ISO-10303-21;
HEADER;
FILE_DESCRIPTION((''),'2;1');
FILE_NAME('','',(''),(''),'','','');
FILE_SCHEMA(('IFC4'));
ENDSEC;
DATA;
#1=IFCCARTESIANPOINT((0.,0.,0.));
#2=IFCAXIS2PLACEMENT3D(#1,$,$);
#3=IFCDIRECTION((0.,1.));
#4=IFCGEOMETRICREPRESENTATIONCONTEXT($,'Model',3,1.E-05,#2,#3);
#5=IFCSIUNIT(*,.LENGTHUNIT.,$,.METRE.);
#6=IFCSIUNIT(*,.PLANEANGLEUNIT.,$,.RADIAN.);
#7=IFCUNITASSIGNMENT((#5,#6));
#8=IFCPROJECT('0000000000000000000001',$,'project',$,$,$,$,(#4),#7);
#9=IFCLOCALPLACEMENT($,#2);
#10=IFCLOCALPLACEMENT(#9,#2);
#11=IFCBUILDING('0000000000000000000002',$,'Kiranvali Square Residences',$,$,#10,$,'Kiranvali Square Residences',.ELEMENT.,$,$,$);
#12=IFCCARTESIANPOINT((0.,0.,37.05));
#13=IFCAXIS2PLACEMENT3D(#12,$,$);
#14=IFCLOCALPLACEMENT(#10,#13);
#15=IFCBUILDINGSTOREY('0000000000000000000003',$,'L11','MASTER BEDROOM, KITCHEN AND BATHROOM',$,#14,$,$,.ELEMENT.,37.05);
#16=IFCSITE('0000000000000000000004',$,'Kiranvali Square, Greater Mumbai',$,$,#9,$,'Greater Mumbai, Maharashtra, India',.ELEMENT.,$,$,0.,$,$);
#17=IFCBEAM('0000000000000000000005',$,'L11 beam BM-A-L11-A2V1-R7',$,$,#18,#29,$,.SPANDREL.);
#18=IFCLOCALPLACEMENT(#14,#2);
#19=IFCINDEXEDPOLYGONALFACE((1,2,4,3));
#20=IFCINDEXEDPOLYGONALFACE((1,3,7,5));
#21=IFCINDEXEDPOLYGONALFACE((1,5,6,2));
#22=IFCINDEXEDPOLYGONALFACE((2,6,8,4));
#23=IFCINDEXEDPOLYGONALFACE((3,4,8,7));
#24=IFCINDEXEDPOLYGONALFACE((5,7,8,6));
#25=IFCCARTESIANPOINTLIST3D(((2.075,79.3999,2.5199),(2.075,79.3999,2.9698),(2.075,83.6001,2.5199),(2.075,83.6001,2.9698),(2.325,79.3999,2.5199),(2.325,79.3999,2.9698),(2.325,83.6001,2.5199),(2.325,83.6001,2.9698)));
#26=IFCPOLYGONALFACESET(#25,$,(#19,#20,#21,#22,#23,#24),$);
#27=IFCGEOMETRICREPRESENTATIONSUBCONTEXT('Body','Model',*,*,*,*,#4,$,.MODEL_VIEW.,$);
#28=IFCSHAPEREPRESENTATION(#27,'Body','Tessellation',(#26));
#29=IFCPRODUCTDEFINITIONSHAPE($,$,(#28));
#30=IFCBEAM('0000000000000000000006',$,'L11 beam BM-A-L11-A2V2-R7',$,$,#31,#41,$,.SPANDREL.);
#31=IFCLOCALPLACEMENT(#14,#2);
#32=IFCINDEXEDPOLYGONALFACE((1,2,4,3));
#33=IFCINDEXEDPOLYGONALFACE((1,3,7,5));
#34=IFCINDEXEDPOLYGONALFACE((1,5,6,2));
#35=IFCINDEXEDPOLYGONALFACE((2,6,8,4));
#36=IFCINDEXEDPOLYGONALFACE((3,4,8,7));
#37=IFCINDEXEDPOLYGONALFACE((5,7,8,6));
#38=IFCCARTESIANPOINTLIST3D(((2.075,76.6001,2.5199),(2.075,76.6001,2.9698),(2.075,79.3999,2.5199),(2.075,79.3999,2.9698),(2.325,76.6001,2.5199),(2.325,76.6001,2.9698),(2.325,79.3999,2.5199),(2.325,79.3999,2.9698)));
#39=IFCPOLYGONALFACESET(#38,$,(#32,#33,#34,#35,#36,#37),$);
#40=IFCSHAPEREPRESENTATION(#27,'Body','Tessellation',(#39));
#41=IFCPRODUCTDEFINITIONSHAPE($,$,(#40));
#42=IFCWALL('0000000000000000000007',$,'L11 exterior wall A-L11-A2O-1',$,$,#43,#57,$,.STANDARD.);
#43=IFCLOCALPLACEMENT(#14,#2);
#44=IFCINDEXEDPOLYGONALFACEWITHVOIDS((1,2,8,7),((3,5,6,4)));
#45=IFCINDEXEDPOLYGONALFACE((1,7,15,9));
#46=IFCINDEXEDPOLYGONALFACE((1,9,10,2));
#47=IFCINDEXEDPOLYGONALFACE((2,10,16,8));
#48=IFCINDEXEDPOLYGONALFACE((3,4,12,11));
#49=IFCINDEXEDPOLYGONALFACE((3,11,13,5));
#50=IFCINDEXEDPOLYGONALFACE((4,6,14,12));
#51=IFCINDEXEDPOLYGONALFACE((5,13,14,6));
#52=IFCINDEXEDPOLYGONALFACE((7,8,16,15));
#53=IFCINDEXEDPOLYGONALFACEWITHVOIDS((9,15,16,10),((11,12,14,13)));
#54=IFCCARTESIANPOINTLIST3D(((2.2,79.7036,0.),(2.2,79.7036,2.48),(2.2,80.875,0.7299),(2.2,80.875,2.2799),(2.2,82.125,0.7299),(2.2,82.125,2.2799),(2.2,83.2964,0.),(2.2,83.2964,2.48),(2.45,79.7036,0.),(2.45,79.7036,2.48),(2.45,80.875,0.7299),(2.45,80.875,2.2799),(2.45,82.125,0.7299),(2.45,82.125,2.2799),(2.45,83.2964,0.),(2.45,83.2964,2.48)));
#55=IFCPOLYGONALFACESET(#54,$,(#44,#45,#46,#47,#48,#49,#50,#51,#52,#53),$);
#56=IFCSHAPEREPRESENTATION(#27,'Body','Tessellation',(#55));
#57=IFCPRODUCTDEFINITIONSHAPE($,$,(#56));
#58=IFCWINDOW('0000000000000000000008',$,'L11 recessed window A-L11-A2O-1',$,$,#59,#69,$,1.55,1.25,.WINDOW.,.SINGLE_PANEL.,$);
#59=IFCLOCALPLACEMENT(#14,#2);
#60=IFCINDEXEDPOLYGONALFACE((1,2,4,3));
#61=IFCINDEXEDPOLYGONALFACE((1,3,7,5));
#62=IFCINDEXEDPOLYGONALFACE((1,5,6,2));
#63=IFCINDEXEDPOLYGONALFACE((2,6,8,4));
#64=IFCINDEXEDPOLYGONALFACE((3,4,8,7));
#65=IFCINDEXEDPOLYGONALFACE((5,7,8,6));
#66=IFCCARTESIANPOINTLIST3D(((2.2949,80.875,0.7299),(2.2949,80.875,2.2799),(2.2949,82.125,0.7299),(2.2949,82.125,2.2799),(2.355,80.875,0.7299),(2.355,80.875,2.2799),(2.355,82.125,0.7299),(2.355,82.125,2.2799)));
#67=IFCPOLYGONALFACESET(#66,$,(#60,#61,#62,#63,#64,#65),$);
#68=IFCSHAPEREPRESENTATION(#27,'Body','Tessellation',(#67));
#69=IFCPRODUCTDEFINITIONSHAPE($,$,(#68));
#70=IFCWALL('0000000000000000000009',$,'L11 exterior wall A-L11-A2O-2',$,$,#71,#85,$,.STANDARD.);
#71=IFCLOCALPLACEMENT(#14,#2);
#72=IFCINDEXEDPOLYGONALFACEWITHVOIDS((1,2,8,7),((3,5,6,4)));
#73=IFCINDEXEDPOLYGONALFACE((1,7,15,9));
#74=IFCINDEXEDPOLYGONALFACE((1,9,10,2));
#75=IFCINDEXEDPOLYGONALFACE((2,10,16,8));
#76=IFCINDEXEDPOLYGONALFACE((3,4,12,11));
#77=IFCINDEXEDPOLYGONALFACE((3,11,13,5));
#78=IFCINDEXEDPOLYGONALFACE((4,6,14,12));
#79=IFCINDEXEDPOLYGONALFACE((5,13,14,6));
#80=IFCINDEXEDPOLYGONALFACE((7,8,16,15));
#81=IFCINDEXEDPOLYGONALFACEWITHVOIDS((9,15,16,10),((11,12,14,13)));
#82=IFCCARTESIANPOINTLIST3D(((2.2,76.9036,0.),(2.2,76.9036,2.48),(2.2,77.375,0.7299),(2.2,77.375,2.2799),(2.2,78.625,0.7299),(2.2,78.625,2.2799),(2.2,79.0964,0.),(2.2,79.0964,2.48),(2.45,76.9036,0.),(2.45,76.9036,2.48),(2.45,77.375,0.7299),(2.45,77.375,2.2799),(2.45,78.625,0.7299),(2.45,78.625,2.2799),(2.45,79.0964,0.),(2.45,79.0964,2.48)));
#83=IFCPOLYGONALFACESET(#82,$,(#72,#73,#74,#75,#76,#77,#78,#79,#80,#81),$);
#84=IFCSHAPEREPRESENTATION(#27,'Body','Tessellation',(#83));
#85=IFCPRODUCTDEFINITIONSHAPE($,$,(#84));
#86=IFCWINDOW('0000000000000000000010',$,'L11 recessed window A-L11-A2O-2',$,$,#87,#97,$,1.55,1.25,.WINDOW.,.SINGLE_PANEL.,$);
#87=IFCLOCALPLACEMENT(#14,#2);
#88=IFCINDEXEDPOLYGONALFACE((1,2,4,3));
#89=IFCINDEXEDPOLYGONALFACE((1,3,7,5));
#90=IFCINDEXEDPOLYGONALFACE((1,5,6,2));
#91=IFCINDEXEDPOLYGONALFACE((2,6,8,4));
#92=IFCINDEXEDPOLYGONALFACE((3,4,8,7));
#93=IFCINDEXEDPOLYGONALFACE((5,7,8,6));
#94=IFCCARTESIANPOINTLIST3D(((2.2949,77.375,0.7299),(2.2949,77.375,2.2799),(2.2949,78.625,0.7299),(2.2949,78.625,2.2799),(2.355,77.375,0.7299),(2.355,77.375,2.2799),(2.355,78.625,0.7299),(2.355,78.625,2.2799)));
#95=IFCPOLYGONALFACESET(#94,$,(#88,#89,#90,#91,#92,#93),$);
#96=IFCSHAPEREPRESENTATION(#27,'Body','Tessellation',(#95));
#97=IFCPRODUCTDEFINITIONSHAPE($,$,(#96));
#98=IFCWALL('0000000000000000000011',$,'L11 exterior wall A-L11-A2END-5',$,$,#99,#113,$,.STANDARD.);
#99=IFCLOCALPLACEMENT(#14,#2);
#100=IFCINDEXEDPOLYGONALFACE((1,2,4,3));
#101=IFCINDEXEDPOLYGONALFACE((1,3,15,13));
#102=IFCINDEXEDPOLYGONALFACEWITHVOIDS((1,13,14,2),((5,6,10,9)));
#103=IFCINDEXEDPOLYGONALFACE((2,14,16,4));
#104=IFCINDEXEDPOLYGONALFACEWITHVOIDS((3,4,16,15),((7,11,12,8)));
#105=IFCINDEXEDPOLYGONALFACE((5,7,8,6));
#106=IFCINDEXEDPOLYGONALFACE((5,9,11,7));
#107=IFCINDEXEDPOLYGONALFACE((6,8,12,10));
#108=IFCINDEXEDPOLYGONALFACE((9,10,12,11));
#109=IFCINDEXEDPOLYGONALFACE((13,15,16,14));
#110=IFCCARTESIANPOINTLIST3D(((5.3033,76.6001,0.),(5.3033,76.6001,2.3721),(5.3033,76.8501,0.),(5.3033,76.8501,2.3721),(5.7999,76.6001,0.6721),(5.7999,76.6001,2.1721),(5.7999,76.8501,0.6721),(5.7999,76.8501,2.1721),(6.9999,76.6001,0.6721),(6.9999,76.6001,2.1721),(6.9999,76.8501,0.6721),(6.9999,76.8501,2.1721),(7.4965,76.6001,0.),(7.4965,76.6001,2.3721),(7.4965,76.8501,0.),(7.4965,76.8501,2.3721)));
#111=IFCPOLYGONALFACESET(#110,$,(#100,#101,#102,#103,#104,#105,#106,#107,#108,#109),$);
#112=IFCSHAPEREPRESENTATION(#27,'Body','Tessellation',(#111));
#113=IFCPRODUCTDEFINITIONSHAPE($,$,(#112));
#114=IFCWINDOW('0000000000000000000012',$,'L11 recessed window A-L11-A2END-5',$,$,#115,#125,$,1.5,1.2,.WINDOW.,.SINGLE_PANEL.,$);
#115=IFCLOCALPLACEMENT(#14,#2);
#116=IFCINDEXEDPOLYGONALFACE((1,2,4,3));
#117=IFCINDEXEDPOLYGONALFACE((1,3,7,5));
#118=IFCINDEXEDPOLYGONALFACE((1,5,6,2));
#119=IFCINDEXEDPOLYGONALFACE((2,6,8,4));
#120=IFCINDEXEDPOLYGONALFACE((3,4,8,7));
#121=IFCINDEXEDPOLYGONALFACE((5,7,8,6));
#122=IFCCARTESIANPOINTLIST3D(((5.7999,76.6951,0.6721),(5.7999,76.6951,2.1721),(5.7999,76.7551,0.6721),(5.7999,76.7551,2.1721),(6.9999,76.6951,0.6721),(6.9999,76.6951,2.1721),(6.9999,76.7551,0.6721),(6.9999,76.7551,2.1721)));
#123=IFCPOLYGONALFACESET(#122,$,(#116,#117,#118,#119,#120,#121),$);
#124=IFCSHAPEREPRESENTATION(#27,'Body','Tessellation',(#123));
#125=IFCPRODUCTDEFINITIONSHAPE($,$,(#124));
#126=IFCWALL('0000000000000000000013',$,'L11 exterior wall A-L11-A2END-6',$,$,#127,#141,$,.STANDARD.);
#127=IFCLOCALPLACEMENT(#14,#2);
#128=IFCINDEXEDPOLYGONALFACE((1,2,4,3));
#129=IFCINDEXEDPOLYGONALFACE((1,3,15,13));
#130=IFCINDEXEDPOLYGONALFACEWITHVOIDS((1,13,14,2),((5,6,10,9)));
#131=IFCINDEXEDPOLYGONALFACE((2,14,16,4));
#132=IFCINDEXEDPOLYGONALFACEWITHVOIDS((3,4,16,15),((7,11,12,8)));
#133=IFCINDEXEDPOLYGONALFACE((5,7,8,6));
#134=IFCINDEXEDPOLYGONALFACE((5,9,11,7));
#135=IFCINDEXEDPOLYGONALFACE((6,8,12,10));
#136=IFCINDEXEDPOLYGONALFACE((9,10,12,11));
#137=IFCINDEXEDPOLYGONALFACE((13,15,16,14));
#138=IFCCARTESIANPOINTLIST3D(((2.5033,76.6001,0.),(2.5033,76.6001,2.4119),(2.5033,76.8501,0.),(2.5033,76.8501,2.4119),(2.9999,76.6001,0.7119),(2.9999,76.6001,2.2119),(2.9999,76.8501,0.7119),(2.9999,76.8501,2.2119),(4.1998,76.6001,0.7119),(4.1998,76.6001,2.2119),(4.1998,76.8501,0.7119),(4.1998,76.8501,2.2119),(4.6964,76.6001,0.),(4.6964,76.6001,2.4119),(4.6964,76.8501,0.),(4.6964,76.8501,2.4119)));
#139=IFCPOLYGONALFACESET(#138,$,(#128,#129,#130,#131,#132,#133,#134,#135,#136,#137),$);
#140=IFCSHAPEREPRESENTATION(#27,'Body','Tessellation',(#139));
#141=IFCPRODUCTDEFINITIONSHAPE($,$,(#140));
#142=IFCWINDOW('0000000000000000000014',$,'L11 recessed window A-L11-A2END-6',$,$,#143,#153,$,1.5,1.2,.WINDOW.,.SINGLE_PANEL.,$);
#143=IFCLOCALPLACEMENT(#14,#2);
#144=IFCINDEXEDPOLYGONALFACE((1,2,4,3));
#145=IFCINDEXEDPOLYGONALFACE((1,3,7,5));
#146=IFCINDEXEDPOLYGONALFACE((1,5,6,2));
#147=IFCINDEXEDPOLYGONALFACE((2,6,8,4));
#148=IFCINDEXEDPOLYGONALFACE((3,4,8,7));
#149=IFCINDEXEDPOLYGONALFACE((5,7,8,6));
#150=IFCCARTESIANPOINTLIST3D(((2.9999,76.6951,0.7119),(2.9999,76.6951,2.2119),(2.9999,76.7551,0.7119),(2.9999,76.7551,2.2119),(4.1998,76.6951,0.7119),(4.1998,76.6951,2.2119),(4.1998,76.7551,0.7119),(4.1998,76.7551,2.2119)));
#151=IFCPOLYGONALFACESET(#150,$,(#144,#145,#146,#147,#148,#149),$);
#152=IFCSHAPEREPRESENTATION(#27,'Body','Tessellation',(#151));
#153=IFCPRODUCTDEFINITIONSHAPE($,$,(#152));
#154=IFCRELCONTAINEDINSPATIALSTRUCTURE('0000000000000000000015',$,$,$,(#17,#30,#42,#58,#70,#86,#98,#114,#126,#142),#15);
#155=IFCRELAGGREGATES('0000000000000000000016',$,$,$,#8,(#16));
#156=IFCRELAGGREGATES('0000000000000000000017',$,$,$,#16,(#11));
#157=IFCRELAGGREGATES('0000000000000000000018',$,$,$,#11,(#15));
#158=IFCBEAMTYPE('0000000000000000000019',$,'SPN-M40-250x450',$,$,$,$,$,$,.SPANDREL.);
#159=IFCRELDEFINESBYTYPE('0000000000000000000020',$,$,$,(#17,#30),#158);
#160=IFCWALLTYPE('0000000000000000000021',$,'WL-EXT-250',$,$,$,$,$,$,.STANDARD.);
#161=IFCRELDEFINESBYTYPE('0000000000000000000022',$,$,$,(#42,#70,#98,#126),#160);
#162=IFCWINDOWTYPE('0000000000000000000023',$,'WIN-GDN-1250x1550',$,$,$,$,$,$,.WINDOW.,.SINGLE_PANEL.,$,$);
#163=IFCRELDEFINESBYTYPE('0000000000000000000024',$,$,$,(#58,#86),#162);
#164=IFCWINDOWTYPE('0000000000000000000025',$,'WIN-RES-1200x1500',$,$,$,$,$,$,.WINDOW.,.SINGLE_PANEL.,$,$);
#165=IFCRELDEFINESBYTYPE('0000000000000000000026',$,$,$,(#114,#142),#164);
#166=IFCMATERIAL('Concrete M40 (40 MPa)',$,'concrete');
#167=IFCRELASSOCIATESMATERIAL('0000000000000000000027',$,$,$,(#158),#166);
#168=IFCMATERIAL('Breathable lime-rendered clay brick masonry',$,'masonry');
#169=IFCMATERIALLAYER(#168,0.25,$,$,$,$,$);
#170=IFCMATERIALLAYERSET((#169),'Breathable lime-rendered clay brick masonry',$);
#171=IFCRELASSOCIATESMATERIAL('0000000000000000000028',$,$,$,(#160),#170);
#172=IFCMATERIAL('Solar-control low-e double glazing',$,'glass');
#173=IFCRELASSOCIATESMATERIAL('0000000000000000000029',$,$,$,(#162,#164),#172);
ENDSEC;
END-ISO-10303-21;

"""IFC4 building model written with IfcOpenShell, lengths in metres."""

from ifc_helpers import new_model, si_unit, direction, frame, frame_2d, origin, origin_2d, place, context, subcontext, project, spatial, rectangle, extrude, material, layer, layer_set, material_profile, profile_set, type_object, element, fill, save


model = new_model("IFC4")

# Units and contexts
model_context = context("Model", 3, precision=1e-05, world=origin(), true_north=direction((0.0, 1.0)))
body_context = subcontext(model_context, "Body", "Model", "MODEL_VIEW")
ifc_project = project(units=[si_unit("LENGTHUNIT", "METRE"), si_unit("PLANEANGLEUNIT", "RADIAN")], contexts=[model_context])

# Site, building, storey
site_placement = place(None, origin())
site = spatial("IfcSite", under=ifc_project, at=site_placement, Name="Kiranvali Square, Greater Mumbai", LongName="Greater Mumbai, Maharashtra, India", CompositionType="ELEMENT", RefElevation=0.0)
building_placement = place(site_placement, origin())
building = spatial("IfcBuilding", under=site, at=building_placement, Name="Kiranvali Square Residences", LongName="Kiranvali Square Residences", CompositionType="ELEMENT")
storey_placement = place(building_placement, frame((0.0, 0.0, 37.05)))
storey = spatial("IfcBuildingStorey", under=building, at=storey_placement, Name="L11", Description="MASTER BEDROOM, KITCHEN AND BATHROOM", CompositionType="ELEMENT", Elevation=37.05)

# Shared definitions
ifc_material_1 = material(Name="Concrete M40 (40 MPa)", Category="concrete")

# Beams
ifc_material_profile_1 = material_profile(ifc_material_1, rectangle(XDim=0.25, YDim=0.45, at=origin_2d()), Name="RC 250x450")
ifc_profile_set_1 = profile_set([ifc_material_profile_1], Name="Concrete M40 (40 MPa)")
beam_type_1 = type_object("IfcBeamType", Name="SPN-M40-250x450", PredefinedType="SPANDREL", material=ifc_profile_set_1)
beam_1_placement = place(storey_placement, frame((2.2, 83.6001, 2.7449), z_axis=(0.0, -1.0, 0.0), x_axis=(1.0, 0.0, 0.0)))
element("IfcBeam", 1, at=beam_1_placement, inside=storey, type_object=beam_type_1, Name="L11 beam BM-A-L11-A2V1-R7", PredefinedType="SPANDREL", context=body_context, shape_type="SweptSolid", body=[
    extrude(rectangle(XDim=0.25, YDim=0.45, at=origin_2d()), origin(), (0.0, 0.0, 1.0), 4.2002),
])
beam_2_placement = place(storey_placement, frame((2.2, 79.3999, 2.7449), z_axis=(0.0, -1.0, 0.0), x_axis=(1.0, 0.0, 0.0)))
element("IfcBeam", 2, at=beam_2_placement, inside=storey, type_object=beam_type_1, Name="L11 beam BM-A-L11-A2V2-R7", PredefinedType="SPANDREL", context=body_context, shape_type="SweptSolid", body=[
    extrude(rectangle(XDim=0.25, YDim=0.45, at=origin_2d()), origin(), (0.0, 0.0, 1.0), 2.7998),
])

# Walls, openings, windows
ifc_material_2 = material(Name="Breathable lime-rendered clay brick masonry", Category="masonry")
ifc_layer = layer(ifc_material_2, 0.25)
ifc_layer_set = layer_set([ifc_layer], Name="Breathable lime-rendered clay brick masonry")
wall_type = type_object("IfcWallType", Name="WL-EXT-250", PredefinedType="STANDARD", material=ifc_layer_set)
wall_1_placement = place(storey_placement, frame((2.325, 83.2964, 0.0), z_axis=(0.0, 0.0, 1.0), x_axis=(0.0, -1.0, 0.0)))
wall_1 = element("IfcWall", 3, at=wall_1_placement, inside=storey, type_object=wall_type, Name="L11 exterior wall A-L11-A2O-1", PredefinedType="STANDARD", context=body_context, shape_type="SweptSolid", body=[
    extrude(rectangle(XDim=3.5928, YDim=0.25, at=frame_2d((1.7964, 0.0))), origin(), (0.0, 0.0, 1.0), 2.48),
])
opening_1_placement = place(wall_1_placement, frame((1.1714, 0.0, 0.73)))
opening_1 = element("IfcOpeningElement", 4, at=opening_1_placement, cuts=wall_1, PredefinedType="OPENING", context=body_context, shape_type="SweptSolid", body=[
    extrude(rectangle(XDim=1.25, YDim=1.55, at=frame_2d((0.625, 0.7749))), frame((0.0, 0.135, 0.0), z_axis=(0.0, -1.0, 0.0), x_axis=(1.0, 0.0, 0.0)), (0.0, 0.0, 1.0), 0.27),
])
ifc_material_3 = material(Name="Solar-control low-e double glazing", Category="glass")
window_type_1 = type_object("IfcWindowType", Name="WIN-GDN-1250x1550", PartitioningType="SINGLE_PANEL", PredefinedType="WINDOW", material=ifc_material_3)
window_1_placement = place(opening_1_placement, origin())
window_1 = element("IfcWindow", 5, at=window_1_placement, inside=storey, type_object=window_type_1, Name="L11 recessed window A-L11-A2O-1", OverallHeight=1.55, OverallWidth=1.25, PartitioningType="SINGLE_PANEL", PredefinedType="WINDOW", context=body_context, shape_type="SweptSolid", body=[
    extrude(rectangle(XDim=1.25, YDim=1.55, at=frame_2d((0.625, 0.7749))), frame((0.0, 0.03, 0.0), z_axis=(0.0, -1.0, 0.0), x_axis=(1.0, 0.0, 0.0)), (0.0, 0.0, 1.0), 0.0601),
])
fill(opening_1, window_1)
wall_2_placement = place(storey_placement, frame((2.325, 79.0964, 0.0), z_axis=(0.0, 0.0, 1.0), x_axis=(0.0, -1.0, 0.0)))
wall_2 = element("IfcWall", 6, at=wall_2_placement, inside=storey, type_object=wall_type, Name="L11 exterior wall A-L11-A2O-2", PredefinedType="STANDARD", context=body_context, shape_type="SweptSolid", body=[
    extrude(rectangle(XDim=2.1929, YDim=0.25, at=frame_2d((1.0964, 0.0))), origin(), (0.0, 0.0, 1.0), 2.48),
])
opening_2_placement = place(wall_2_placement, frame((0.4714, 0.0, 0.73)))
opening_2 = element("IfcOpeningElement", 7, at=opening_2_placement, cuts=wall_2, PredefinedType="OPENING", context=body_context, shape_type="SweptSolid", body=[
    extrude(rectangle(XDim=1.25, YDim=1.55, at=frame_2d((0.625, 0.7749))), frame((0.0, 0.135, 0.0), z_axis=(0.0, -1.0, 0.0), x_axis=(1.0, 0.0, 0.0)), (0.0, 0.0, 1.0), 0.27),
])
window_2_placement = place(opening_2_placement, origin())
window_2 = element("IfcWindow", 8, at=window_2_placement, inside=storey, type_object=window_type_1, Name="L11 recessed window A-L11-A2O-2", OverallHeight=1.55, OverallWidth=1.25, PartitioningType="SINGLE_PANEL", PredefinedType="WINDOW", context=body_context, shape_type="SweptSolid", body=[
    extrude(rectangle(XDim=1.25, YDim=1.55, at=frame_2d((0.625, 0.7749))), frame((0.0, 0.03, 0.0), z_axis=(0.0, -1.0, 0.0), x_axis=(1.0, 0.0, 0.0)), (0.0, 0.0, 1.0), 0.0601),
])
fill(opening_2, window_2)
wall_3_placement = place(storey_placement, frame((7.4966, 76.7251, 0.0), z_axis=(0.0, 0.0, 1.0), x_axis=(-1.0, 0.0, 0.0)))
wall_3 = element("IfcWall", 9, at=wall_3_placement, inside=storey, type_object=wall_type, Name="L11 exterior wall A-L11-A2END-5", PredefinedType="STANDARD", context=body_context, shape_type="SweptSolid", body=[
    extrude(rectangle(XDim=2.1931, YDim=0.25, at=frame_2d((1.0967, 0.0))), origin(), (0.0, 0.0, 1.0), 2.3721),
])
opening_3_placement = place(wall_3_placement, frame((0.4966, 0.0, 0.6721)))
opening_3 = element("IfcOpeningElement", 10, at=opening_3_placement, cuts=wall_3, PredefinedType="OPENING", context=body_context, shape_type="SweptSolid", body=[
    extrude(rectangle(XDim=1.2, YDim=1.5, at=frame_2d((0.6001, 0.75))), frame((0.0, 0.135, 0.0), z_axis=(0.0, -1.0, 0.0), x_axis=(1.0, 0.0, 0.0)), (0.0, 0.0, 1.0), 0.27),
])
window_type_2 = type_object("IfcWindowType", Name="WIN-RES-1200x1500", PartitioningType="SINGLE_PANEL", PredefinedType="WINDOW", material=ifc_material_3)
window_3_placement = place(opening_3_placement, origin())
window_3 = element("IfcWindow", 11, at=window_3_placement, inside=storey, type_object=window_type_2, Name="L11 recessed window A-L11-A2END-5", OverallHeight=1.5, OverallWidth=1.2, PartitioningType="SINGLE_PANEL", PredefinedType="WINDOW", context=body_context, shape_type="SweptSolid", body=[
    extrude(rectangle(XDim=1.2, YDim=1.5, at=frame_2d((0.6001, 0.75))), frame((0.0, 0.03, 0.0), z_axis=(0.0, -1.0, 0.0), x_axis=(1.0, 0.0, 0.0)), (0.0, 0.0, 1.0), 0.0601),
])
fill(opening_3, window_3)
wall_4_placement = place(storey_placement, frame((4.6965, 76.7251, 0.0), z_axis=(0.0, 0.0, 1.0), x_axis=(-1.0, 0.0, 0.0)))
wall_4 = element("IfcWall", 12, at=wall_4_placement, inside=storey, type_object=wall_type, Name="L11 exterior wall A-L11-A2END-6", PredefinedType="STANDARD", context=body_context, shape_type="SweptSolid", body=[
    extrude(rectangle(XDim=2.1931, YDim=0.25, at=frame_2d((1.0967, 0.0))), origin(), (0.0, 0.0, 1.0), 2.4119),
])
opening_4_placement = place(wall_4_placement, frame((0.4966, 0.0, 0.7119)))
opening_4 = element("IfcOpeningElement", 13, at=opening_4_placement, cuts=wall_4, PredefinedType="OPENING", context=body_context, shape_type="SweptSolid", body=[
    extrude(rectangle(XDim=1.2, YDim=1.5, at=frame_2d((0.6001, 0.75))), frame((0.0, 0.135, 0.0), z_axis=(0.0, -1.0, 0.0), x_axis=(1.0, 0.0, 0.0)), (0.0, 0.0, 1.0), 0.27),
])
window_4_placement = place(opening_4_placement, origin())
window_4 = element("IfcWindow", 14, at=window_4_placement, inside=storey, type_object=window_type_2, Name="L11 recessed window A-L11-A2END-6", OverallHeight=1.5, OverallWidth=1.2, PartitioningType="SINGLE_PANEL", PredefinedType="WINDOW", context=body_context, shape_type="SweptSolid", body=[
    extrude(rectangle(XDim=1.2, YDim=1.5, at=frame_2d((0.6001, 0.75))), frame((0.0, 0.03, 0.0), z_axis=(0.0, -1.0, 0.0), x_axis=(1.0, 0.0, 0.0)), (0.0, 0.0, 1.0), 0.0601),
])
fill(opening_4, window_4)

save(model, "model.ifc")
